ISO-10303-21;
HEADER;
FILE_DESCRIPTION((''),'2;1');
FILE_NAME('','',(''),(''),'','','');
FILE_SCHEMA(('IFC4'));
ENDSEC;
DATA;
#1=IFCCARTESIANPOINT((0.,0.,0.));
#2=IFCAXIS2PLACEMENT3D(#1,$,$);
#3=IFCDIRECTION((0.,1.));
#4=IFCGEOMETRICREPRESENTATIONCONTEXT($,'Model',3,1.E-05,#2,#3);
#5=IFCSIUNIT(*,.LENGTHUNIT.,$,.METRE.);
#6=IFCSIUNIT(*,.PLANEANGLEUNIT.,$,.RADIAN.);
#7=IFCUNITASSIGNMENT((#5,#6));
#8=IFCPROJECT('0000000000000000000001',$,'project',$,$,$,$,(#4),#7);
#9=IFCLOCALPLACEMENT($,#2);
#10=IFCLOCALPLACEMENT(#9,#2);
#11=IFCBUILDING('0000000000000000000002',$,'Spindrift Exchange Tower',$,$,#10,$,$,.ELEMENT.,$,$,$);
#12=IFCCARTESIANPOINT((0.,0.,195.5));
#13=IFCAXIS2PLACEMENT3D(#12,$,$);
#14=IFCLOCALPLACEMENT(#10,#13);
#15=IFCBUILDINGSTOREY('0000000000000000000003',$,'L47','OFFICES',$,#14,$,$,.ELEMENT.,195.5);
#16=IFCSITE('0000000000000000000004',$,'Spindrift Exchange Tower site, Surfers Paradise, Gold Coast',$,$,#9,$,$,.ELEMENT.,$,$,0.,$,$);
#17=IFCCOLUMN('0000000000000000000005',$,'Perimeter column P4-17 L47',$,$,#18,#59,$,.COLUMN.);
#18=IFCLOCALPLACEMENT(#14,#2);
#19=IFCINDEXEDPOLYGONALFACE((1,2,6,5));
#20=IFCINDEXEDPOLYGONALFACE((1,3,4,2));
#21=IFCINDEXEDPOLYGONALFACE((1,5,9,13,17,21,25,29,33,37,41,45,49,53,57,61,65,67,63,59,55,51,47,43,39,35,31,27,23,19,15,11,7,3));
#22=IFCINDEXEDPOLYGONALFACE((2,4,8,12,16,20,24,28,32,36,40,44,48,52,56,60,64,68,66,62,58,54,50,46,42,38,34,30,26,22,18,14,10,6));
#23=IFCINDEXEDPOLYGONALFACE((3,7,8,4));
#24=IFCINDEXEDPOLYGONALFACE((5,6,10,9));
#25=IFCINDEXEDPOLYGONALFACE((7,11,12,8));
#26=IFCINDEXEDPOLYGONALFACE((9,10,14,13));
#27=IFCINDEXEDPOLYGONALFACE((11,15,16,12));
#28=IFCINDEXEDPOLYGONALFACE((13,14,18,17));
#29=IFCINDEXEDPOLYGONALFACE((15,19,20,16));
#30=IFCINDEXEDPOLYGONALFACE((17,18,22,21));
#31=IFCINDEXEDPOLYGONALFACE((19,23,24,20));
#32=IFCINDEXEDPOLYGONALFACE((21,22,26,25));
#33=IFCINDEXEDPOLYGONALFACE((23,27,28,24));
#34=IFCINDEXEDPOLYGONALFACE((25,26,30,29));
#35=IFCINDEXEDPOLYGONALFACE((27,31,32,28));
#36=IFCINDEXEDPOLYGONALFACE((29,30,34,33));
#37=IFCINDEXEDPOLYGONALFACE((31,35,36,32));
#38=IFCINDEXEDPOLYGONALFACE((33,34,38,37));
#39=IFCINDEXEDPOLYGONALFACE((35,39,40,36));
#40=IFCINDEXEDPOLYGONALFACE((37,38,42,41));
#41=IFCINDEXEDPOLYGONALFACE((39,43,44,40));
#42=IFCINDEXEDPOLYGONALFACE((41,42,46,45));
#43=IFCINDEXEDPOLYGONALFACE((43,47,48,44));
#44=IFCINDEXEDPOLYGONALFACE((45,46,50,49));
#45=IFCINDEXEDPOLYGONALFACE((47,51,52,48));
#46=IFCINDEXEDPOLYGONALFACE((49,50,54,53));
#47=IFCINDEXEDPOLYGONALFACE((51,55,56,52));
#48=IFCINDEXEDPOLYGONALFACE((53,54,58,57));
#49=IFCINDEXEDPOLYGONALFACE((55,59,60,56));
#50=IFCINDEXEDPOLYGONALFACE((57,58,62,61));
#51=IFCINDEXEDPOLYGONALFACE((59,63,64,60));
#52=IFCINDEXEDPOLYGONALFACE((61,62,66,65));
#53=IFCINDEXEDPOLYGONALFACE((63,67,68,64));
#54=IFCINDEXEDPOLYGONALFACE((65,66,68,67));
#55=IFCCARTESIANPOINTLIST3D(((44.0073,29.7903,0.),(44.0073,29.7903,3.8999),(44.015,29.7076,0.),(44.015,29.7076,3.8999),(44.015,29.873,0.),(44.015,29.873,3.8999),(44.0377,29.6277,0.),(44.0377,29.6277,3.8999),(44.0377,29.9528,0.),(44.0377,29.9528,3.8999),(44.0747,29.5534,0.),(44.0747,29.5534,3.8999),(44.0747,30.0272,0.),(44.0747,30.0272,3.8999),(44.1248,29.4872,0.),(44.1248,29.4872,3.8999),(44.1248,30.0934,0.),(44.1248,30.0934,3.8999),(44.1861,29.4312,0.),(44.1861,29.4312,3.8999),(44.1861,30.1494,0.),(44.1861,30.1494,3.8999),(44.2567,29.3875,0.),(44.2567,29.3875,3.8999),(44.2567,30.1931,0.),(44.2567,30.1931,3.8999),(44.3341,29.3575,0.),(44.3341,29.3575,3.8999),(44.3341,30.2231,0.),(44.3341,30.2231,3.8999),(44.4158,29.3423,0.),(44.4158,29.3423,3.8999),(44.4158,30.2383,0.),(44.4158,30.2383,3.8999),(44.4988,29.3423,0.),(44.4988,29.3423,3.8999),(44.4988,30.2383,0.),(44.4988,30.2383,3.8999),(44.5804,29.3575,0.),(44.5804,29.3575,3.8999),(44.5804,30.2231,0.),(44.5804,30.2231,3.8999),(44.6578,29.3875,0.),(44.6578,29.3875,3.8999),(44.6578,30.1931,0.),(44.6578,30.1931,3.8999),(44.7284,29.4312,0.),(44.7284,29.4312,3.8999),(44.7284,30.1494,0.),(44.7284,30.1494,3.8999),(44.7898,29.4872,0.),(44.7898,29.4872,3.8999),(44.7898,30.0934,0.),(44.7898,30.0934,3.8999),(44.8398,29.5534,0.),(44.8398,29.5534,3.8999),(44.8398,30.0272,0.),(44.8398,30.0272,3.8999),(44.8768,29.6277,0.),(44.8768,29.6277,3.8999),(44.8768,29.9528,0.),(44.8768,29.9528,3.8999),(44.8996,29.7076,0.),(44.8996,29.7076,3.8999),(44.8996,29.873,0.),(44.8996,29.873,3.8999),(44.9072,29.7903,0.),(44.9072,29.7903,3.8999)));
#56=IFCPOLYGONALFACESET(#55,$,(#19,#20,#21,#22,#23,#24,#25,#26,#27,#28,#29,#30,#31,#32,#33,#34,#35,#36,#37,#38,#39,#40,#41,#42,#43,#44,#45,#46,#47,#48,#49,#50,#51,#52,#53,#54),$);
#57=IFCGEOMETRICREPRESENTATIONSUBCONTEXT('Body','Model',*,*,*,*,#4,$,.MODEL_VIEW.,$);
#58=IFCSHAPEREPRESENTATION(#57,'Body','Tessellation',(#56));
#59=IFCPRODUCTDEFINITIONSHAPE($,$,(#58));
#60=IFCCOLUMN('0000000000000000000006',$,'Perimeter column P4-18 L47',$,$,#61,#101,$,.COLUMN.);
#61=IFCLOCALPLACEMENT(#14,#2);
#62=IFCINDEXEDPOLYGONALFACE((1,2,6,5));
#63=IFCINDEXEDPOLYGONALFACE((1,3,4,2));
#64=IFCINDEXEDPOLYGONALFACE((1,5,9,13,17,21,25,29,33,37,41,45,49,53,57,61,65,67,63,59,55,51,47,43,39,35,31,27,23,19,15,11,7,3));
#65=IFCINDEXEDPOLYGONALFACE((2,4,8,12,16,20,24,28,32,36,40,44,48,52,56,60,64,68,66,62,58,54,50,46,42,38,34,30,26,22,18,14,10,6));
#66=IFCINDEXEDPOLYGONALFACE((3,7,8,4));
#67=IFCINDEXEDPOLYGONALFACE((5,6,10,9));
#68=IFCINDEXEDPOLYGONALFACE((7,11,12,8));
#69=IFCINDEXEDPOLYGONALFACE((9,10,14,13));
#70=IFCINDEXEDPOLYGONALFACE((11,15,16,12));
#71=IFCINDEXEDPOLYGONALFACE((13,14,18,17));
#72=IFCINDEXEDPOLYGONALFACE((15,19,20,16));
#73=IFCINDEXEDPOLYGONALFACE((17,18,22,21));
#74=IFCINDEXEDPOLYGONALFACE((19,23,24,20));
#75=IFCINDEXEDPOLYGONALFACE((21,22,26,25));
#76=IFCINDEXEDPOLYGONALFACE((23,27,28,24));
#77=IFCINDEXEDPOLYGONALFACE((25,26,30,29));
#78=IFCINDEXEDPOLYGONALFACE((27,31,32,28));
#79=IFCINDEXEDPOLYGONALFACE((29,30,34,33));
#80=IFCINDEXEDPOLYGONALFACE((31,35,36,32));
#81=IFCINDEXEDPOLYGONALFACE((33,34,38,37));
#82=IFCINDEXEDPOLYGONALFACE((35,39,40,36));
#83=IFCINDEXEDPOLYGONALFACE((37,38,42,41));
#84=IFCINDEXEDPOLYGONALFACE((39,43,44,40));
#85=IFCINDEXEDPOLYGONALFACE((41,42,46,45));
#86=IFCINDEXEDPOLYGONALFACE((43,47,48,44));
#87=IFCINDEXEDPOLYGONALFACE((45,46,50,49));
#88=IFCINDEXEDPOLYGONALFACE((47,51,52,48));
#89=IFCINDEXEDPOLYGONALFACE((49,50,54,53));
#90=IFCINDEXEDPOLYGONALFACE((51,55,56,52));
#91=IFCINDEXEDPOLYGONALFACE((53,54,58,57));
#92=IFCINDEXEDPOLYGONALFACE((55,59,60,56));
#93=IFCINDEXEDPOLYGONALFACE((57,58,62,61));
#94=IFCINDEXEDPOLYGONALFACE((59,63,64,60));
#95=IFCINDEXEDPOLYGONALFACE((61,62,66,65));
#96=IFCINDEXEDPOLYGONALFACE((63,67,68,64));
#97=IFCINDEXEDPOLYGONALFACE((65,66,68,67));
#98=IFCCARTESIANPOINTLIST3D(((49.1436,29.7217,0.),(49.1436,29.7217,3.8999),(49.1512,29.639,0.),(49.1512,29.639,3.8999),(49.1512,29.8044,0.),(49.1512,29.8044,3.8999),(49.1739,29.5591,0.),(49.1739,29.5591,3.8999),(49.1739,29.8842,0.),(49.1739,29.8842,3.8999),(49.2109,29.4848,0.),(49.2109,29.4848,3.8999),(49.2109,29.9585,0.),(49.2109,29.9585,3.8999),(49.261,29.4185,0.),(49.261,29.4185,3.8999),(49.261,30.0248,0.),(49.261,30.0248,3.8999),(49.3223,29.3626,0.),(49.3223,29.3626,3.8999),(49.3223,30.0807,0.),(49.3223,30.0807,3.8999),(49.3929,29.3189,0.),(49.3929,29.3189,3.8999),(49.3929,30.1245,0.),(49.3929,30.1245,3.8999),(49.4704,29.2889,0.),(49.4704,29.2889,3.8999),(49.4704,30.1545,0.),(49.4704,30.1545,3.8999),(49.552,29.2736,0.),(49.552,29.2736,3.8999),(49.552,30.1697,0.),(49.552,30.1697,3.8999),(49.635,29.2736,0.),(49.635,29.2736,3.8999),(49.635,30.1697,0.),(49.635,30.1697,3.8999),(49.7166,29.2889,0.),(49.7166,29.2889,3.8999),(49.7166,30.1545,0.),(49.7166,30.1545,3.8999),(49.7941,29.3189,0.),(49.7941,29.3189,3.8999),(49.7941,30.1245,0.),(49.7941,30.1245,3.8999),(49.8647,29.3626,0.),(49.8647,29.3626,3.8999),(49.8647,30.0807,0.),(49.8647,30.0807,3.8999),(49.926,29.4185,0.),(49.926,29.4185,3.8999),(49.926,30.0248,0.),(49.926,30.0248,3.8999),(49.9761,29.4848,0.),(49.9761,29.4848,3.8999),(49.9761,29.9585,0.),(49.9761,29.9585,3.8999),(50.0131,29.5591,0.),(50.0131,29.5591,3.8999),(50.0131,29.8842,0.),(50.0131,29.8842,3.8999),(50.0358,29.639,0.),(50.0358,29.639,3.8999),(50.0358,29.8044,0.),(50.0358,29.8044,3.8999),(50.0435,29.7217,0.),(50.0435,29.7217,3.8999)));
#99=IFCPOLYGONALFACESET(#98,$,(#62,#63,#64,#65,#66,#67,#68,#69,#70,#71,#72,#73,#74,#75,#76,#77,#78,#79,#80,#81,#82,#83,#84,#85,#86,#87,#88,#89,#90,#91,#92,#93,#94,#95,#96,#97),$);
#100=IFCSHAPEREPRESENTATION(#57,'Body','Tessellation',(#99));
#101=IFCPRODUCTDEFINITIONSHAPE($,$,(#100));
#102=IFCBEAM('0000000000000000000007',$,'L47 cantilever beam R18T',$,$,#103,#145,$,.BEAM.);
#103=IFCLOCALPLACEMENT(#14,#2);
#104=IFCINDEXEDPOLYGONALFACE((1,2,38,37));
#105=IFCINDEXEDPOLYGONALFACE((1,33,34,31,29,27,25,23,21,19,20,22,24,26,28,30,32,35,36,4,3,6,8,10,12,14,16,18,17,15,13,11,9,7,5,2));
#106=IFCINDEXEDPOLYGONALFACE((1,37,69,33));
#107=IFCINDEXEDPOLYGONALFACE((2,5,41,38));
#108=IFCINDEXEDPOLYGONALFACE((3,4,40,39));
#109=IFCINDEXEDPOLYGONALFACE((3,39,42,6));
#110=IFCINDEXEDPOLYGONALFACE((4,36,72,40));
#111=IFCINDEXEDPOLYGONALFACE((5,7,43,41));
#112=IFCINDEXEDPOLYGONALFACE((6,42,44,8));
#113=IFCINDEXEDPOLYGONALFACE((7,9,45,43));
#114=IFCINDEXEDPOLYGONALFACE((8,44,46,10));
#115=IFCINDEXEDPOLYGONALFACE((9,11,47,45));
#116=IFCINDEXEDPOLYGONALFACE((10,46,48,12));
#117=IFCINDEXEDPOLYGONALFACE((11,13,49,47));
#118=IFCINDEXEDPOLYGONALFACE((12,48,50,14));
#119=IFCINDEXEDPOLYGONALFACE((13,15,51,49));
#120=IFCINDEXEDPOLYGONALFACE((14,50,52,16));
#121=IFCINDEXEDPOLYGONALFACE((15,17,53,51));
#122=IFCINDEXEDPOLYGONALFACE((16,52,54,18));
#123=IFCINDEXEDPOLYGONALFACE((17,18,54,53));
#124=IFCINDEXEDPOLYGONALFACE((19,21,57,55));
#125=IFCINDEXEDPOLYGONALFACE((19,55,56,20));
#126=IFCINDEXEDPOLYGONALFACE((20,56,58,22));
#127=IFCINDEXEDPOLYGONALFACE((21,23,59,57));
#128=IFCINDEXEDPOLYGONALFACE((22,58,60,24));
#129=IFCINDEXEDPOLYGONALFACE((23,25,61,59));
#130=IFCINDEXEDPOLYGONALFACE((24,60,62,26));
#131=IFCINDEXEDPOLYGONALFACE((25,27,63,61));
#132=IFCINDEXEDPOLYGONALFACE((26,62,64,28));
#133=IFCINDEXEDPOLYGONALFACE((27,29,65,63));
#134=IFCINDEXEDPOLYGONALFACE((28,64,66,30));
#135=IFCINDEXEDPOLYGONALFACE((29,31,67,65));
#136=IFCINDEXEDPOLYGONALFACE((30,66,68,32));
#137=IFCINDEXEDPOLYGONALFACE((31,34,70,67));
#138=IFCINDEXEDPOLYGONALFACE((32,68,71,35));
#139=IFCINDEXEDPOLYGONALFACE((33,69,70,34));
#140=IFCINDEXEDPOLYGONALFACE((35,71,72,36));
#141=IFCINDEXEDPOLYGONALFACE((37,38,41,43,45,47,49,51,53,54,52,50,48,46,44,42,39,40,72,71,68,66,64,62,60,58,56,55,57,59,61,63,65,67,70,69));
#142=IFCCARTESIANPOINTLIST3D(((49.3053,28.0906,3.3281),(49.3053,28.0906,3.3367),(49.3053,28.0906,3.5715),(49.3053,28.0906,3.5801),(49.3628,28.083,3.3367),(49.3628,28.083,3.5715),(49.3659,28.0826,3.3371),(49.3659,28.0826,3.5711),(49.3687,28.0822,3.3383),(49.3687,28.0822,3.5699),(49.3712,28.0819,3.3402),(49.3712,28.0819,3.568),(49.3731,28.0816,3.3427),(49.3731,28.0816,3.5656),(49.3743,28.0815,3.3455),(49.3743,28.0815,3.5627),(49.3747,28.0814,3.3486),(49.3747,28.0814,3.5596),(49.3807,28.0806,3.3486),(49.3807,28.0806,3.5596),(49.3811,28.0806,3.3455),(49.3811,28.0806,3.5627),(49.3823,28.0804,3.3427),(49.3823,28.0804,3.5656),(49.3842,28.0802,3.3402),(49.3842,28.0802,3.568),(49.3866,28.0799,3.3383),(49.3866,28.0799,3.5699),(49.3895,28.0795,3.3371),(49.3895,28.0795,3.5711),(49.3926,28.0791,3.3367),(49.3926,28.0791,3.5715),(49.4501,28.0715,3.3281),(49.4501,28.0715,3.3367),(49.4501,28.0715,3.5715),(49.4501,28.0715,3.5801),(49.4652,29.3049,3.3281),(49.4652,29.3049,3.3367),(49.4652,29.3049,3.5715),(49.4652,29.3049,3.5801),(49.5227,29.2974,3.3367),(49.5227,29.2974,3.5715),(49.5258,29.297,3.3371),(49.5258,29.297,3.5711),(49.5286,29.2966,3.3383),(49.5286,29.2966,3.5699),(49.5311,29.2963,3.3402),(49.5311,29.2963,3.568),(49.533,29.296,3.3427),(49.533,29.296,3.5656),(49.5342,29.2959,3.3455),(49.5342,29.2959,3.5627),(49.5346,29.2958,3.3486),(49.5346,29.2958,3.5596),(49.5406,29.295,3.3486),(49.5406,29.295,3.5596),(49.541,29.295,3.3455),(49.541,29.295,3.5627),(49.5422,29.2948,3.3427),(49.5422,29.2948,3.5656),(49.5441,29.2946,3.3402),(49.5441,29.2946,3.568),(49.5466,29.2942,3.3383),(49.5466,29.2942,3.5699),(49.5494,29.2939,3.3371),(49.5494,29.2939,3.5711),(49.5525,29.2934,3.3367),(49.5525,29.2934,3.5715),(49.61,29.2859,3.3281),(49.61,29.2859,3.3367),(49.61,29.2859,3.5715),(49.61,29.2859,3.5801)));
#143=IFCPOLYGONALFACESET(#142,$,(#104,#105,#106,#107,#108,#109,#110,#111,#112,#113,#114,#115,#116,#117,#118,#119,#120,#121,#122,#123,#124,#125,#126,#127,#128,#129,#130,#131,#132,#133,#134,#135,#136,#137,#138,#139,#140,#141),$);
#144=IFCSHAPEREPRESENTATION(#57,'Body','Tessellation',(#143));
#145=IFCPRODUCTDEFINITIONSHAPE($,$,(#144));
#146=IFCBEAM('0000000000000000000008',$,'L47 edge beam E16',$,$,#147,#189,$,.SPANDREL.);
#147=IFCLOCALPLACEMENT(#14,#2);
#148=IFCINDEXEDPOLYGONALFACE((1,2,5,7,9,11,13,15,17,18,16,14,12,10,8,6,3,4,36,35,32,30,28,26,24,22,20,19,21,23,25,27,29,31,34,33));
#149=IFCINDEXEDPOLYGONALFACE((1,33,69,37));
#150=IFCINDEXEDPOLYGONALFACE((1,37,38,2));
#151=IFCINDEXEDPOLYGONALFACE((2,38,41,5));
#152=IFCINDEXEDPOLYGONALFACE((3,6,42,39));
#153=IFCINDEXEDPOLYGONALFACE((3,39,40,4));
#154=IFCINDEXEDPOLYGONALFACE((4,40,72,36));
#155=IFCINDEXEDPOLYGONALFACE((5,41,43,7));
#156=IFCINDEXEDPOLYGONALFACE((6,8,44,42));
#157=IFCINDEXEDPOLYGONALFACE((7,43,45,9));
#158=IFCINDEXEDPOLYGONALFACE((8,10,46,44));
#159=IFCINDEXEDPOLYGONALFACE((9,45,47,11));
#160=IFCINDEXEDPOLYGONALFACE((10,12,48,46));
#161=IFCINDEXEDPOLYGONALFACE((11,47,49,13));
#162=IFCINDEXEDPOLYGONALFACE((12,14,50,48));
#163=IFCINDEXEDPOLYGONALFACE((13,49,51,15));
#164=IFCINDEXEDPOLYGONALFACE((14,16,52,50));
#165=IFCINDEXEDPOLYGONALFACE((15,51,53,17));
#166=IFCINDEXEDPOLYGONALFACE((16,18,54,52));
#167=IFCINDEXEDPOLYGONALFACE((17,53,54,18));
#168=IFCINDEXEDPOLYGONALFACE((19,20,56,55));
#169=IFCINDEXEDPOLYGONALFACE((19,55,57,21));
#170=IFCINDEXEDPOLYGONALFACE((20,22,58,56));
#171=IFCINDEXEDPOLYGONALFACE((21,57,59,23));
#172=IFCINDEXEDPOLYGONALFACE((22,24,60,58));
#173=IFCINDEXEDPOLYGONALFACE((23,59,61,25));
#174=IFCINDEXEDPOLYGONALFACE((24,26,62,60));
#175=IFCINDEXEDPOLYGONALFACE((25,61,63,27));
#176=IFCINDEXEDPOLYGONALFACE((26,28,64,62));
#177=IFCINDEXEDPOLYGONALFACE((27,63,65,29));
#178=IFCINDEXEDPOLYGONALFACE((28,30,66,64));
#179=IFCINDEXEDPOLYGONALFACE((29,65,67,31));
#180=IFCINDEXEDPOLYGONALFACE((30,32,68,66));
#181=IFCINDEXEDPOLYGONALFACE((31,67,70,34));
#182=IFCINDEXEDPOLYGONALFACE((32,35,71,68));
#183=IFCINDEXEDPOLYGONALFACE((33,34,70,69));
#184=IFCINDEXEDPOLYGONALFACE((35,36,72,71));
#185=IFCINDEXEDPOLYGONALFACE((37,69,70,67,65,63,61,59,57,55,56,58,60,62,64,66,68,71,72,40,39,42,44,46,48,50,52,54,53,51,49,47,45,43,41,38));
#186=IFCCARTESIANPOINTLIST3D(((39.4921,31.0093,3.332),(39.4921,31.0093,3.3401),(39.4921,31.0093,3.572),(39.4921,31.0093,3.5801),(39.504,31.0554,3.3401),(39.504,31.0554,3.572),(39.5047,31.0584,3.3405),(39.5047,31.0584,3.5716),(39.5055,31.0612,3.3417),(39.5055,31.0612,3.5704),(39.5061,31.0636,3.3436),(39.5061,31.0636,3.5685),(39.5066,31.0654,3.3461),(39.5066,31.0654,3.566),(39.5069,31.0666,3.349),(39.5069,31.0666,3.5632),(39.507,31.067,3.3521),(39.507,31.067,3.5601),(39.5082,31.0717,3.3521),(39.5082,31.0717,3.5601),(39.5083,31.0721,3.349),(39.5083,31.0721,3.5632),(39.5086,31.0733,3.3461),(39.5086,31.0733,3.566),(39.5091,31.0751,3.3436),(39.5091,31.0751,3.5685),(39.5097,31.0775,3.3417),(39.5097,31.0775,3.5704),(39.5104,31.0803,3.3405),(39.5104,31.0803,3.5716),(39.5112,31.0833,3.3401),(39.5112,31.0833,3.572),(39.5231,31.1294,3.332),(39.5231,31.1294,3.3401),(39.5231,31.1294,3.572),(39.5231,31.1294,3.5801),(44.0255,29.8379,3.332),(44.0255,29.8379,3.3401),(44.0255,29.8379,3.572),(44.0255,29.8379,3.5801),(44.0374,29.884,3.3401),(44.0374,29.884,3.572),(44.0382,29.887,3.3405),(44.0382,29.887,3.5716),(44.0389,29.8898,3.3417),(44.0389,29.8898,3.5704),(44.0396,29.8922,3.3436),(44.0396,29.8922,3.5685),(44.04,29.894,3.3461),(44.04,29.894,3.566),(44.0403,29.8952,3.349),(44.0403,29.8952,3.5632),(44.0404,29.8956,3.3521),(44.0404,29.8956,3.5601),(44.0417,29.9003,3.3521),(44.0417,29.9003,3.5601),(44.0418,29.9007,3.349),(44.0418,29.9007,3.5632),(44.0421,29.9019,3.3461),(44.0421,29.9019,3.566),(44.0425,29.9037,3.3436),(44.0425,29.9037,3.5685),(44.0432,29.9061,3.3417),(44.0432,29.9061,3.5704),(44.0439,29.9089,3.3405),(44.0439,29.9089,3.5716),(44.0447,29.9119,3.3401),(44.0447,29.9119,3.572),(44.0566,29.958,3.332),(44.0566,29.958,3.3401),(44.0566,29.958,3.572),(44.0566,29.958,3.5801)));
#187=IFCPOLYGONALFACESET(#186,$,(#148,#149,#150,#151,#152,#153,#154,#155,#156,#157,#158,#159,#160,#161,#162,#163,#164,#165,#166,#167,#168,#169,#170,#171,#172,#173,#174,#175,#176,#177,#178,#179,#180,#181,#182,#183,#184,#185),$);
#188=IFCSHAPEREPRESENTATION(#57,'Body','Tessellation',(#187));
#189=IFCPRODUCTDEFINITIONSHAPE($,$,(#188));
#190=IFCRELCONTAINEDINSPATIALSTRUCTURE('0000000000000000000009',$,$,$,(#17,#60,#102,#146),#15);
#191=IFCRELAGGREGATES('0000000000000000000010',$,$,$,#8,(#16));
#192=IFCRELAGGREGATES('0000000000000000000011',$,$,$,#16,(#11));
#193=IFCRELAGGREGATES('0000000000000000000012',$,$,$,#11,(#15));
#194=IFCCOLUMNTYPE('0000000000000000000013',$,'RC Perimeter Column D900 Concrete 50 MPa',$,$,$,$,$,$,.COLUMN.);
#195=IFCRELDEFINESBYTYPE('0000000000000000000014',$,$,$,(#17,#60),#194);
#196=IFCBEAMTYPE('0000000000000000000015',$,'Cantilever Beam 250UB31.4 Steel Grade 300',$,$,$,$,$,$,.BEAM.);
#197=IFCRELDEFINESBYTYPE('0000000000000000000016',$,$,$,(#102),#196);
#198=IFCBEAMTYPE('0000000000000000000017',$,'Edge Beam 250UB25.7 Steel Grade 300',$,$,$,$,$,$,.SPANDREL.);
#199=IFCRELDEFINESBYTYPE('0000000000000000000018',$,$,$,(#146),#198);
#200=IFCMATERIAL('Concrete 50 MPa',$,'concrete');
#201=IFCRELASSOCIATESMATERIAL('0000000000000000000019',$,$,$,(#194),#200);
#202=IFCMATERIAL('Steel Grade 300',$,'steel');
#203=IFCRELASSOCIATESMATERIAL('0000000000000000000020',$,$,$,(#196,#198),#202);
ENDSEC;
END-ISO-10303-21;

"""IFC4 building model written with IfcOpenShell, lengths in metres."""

from ifc_helpers import new_model, si_unit, direction, frame, origin, origin_2d, place, context, subcontext, project, spatial, circle, i_section, extrude, source, transform, mapped, material, material_profile, profile_set, type_object, element, save


model = new_model("IFC4")

# Units and contexts
model_context = context("Model", 3, precision=1e-05, world=origin(), true_north=direction((0.0, 1.0)))
body_context = subcontext(model_context, "Body", "Model", "MODEL_VIEW")
ifc_project = project(units=[si_unit("LENGTHUNIT", "METRE"), si_unit("PLANEANGLEUNIT", "RADIAN")], contexts=[model_context])

# Site, building, storey
site_placement = place(None, origin())
site = spatial("IfcSite", under=ifc_project, at=site_placement, Name="Spindrift Exchange Tower site, Surfers Paradise, Gold Coast", CompositionType="ELEMENT", RefElevation=0.0)
building_placement = place(site_placement, origin())
building = spatial("IfcBuilding", under=site, at=building_placement, Name="Spindrift Exchange Tower", CompositionType="ELEMENT")
storey_placement = place(building_placement, frame((0.0, 0.0, 195.5)))
storey = spatial("IfcBuildingStorey", under=building, at=storey_placement, Name="L47", Description="OFFICES", CompositionType="ELEMENT", Elevation=195.5)

# Columns
ifc_material_1 = material(Name="Concrete 50 MPa", Category="concrete")
ifc_material_profile_1 = material_profile(ifc_material_1, circle(Radius=0.45, at=origin_2d()), Name="RC D900")
ifc_profile_set_1 = profile_set([ifc_material_profile_1], Name="Concrete 50 MPa")
column_type = type_object("IfcColumnType", Name="RC Perimeter Column D900 Concrete 50 MPa", PredefinedType="COLUMN", material=ifc_profile_set_1)
shared_shape_1 = source(origin(), body_context, "Body", "SweptSolid", [
    extrude(circle(Radius=0.45, at=origin_2d()), origin(), (0.0, 0.0, 1.0), 3.8999),
])
for number, where, z_axis, x_axis, name in (
    (1, (44.4573, 29.7903, 0.0), (0.0, 0.0, 1.0), (1.0, 0.0, 0.0), "Perimeter column P4-17 L47"),
    (2, (49.5935, 29.7217, 0.0), (0.0, 0.0, 1.0), (1.0, 0.0, 0.0), "Perimeter column P4-18 L47"),
):
    element("IfcColumn", number, at=place(storey_placement, frame(where, z_axis=z_axis, x_axis=x_axis)), inside=storey, type_object=column_type, Name=name, PredefinedType="COLUMN", context=body_context, shape_type="MappedRepresentation", body=[
        mapped(shared_shape_1, transform((0.0, 0.0, 0.0), scale=1.0)),
    ])

# Beams
ifc_material_2 = material(Name="Steel Grade 300", Category="steel")
ifc_material_profile_2 = material_profile(ifc_material_2, i_section(OverallWidth=0.146, OverallDepth=0.252, WebThickness=0.0061, FlangeThickness=0.0085, FilletRadius=0.012, at=origin_2d()), Name="250UB31.4")
ifc_profile_set_2 = profile_set([ifc_material_profile_2], Name="Steel Grade 300")
beam_type_1 = type_object("IfcBeamType", Name="Cantilever Beam 250UB31.4 Steel Grade 300", PredefinedType="BEAM", material=ifc_profile_set_2)
shared_shape_2 = source(origin(), body_context, "Body", "SweptSolid", [
    extrude(i_section(OverallWidth=0.146, OverallDepth=0.252, WebThickness=0.0061, FlangeThickness=0.0085, FilletRadius=0.012, at=origin_2d()), origin(), (0.0, 0.0, 1.0), 1.2249),
])
beam_1_placement = place(storey_placement, frame((49.5376, 29.2954, 3.4541), z_axis=(-0.130558, -0.991441, 0.0), x_axis=(0.991441, -0.130558, 0.0)))
element("IfcBeam", 3, at=beam_1_placement, inside=storey, type_object=beam_type_1, Name="L47 cantilever beam R18T", PredefinedType="BEAM", context=body_context, shape_type="MappedRepresentation", body=[
    mapped(shared_shape_2, transform((0.0, 0.0, 0.0), scale=1.0)),
])
ifc_material_profile_3 = material_profile(ifc_material_2, i_section(OverallWidth=0.124, OverallDepth=0.248, WebThickness=0.0049, FlangeThickness=0.0081, FilletRadius=0.012, at=origin_2d()), Name="250UB25.7")
ifc_profile_set_3 = profile_set([ifc_material_profile_3], Name="Steel Grade 300")
beam_type_2 = type_object("IfcBeamType", Name="Edge Beam 250UB25.7 Steel Grade 300", PredefinedType="SPANDREL", material=ifc_profile_set_3)
shared_shape_3 = source(origin(), body_context, "Body", "SweptSolid", [
    extrude(i_section(OverallWidth=0.124, OverallDepth=0.248, WebThickness=0.0049, FlangeThickness=0.0081, FilletRadius=0.012, at=origin_2d()), origin(), (0.0, 0.0, 1.0), 4.6824),
])
beam_2_placement = place(storey_placement, frame((39.5076, 31.0693, 3.4561), z_axis=(0.968202, -0.250171, 0.0), x_axis=(0.250171, 0.968202, 0.0)))
element("IfcBeam", 4, at=beam_2_placement, inside=storey, type_object=beam_type_2, Name="L47 edge beam E16", PredefinedType="SPANDREL", context=body_context, shape_type="MappedRepresentation", body=[
    mapped(shared_shape_3, transform((0.0, 0.0, 0.0), scale=1.0)),
])

save(model, "model.ifc")
